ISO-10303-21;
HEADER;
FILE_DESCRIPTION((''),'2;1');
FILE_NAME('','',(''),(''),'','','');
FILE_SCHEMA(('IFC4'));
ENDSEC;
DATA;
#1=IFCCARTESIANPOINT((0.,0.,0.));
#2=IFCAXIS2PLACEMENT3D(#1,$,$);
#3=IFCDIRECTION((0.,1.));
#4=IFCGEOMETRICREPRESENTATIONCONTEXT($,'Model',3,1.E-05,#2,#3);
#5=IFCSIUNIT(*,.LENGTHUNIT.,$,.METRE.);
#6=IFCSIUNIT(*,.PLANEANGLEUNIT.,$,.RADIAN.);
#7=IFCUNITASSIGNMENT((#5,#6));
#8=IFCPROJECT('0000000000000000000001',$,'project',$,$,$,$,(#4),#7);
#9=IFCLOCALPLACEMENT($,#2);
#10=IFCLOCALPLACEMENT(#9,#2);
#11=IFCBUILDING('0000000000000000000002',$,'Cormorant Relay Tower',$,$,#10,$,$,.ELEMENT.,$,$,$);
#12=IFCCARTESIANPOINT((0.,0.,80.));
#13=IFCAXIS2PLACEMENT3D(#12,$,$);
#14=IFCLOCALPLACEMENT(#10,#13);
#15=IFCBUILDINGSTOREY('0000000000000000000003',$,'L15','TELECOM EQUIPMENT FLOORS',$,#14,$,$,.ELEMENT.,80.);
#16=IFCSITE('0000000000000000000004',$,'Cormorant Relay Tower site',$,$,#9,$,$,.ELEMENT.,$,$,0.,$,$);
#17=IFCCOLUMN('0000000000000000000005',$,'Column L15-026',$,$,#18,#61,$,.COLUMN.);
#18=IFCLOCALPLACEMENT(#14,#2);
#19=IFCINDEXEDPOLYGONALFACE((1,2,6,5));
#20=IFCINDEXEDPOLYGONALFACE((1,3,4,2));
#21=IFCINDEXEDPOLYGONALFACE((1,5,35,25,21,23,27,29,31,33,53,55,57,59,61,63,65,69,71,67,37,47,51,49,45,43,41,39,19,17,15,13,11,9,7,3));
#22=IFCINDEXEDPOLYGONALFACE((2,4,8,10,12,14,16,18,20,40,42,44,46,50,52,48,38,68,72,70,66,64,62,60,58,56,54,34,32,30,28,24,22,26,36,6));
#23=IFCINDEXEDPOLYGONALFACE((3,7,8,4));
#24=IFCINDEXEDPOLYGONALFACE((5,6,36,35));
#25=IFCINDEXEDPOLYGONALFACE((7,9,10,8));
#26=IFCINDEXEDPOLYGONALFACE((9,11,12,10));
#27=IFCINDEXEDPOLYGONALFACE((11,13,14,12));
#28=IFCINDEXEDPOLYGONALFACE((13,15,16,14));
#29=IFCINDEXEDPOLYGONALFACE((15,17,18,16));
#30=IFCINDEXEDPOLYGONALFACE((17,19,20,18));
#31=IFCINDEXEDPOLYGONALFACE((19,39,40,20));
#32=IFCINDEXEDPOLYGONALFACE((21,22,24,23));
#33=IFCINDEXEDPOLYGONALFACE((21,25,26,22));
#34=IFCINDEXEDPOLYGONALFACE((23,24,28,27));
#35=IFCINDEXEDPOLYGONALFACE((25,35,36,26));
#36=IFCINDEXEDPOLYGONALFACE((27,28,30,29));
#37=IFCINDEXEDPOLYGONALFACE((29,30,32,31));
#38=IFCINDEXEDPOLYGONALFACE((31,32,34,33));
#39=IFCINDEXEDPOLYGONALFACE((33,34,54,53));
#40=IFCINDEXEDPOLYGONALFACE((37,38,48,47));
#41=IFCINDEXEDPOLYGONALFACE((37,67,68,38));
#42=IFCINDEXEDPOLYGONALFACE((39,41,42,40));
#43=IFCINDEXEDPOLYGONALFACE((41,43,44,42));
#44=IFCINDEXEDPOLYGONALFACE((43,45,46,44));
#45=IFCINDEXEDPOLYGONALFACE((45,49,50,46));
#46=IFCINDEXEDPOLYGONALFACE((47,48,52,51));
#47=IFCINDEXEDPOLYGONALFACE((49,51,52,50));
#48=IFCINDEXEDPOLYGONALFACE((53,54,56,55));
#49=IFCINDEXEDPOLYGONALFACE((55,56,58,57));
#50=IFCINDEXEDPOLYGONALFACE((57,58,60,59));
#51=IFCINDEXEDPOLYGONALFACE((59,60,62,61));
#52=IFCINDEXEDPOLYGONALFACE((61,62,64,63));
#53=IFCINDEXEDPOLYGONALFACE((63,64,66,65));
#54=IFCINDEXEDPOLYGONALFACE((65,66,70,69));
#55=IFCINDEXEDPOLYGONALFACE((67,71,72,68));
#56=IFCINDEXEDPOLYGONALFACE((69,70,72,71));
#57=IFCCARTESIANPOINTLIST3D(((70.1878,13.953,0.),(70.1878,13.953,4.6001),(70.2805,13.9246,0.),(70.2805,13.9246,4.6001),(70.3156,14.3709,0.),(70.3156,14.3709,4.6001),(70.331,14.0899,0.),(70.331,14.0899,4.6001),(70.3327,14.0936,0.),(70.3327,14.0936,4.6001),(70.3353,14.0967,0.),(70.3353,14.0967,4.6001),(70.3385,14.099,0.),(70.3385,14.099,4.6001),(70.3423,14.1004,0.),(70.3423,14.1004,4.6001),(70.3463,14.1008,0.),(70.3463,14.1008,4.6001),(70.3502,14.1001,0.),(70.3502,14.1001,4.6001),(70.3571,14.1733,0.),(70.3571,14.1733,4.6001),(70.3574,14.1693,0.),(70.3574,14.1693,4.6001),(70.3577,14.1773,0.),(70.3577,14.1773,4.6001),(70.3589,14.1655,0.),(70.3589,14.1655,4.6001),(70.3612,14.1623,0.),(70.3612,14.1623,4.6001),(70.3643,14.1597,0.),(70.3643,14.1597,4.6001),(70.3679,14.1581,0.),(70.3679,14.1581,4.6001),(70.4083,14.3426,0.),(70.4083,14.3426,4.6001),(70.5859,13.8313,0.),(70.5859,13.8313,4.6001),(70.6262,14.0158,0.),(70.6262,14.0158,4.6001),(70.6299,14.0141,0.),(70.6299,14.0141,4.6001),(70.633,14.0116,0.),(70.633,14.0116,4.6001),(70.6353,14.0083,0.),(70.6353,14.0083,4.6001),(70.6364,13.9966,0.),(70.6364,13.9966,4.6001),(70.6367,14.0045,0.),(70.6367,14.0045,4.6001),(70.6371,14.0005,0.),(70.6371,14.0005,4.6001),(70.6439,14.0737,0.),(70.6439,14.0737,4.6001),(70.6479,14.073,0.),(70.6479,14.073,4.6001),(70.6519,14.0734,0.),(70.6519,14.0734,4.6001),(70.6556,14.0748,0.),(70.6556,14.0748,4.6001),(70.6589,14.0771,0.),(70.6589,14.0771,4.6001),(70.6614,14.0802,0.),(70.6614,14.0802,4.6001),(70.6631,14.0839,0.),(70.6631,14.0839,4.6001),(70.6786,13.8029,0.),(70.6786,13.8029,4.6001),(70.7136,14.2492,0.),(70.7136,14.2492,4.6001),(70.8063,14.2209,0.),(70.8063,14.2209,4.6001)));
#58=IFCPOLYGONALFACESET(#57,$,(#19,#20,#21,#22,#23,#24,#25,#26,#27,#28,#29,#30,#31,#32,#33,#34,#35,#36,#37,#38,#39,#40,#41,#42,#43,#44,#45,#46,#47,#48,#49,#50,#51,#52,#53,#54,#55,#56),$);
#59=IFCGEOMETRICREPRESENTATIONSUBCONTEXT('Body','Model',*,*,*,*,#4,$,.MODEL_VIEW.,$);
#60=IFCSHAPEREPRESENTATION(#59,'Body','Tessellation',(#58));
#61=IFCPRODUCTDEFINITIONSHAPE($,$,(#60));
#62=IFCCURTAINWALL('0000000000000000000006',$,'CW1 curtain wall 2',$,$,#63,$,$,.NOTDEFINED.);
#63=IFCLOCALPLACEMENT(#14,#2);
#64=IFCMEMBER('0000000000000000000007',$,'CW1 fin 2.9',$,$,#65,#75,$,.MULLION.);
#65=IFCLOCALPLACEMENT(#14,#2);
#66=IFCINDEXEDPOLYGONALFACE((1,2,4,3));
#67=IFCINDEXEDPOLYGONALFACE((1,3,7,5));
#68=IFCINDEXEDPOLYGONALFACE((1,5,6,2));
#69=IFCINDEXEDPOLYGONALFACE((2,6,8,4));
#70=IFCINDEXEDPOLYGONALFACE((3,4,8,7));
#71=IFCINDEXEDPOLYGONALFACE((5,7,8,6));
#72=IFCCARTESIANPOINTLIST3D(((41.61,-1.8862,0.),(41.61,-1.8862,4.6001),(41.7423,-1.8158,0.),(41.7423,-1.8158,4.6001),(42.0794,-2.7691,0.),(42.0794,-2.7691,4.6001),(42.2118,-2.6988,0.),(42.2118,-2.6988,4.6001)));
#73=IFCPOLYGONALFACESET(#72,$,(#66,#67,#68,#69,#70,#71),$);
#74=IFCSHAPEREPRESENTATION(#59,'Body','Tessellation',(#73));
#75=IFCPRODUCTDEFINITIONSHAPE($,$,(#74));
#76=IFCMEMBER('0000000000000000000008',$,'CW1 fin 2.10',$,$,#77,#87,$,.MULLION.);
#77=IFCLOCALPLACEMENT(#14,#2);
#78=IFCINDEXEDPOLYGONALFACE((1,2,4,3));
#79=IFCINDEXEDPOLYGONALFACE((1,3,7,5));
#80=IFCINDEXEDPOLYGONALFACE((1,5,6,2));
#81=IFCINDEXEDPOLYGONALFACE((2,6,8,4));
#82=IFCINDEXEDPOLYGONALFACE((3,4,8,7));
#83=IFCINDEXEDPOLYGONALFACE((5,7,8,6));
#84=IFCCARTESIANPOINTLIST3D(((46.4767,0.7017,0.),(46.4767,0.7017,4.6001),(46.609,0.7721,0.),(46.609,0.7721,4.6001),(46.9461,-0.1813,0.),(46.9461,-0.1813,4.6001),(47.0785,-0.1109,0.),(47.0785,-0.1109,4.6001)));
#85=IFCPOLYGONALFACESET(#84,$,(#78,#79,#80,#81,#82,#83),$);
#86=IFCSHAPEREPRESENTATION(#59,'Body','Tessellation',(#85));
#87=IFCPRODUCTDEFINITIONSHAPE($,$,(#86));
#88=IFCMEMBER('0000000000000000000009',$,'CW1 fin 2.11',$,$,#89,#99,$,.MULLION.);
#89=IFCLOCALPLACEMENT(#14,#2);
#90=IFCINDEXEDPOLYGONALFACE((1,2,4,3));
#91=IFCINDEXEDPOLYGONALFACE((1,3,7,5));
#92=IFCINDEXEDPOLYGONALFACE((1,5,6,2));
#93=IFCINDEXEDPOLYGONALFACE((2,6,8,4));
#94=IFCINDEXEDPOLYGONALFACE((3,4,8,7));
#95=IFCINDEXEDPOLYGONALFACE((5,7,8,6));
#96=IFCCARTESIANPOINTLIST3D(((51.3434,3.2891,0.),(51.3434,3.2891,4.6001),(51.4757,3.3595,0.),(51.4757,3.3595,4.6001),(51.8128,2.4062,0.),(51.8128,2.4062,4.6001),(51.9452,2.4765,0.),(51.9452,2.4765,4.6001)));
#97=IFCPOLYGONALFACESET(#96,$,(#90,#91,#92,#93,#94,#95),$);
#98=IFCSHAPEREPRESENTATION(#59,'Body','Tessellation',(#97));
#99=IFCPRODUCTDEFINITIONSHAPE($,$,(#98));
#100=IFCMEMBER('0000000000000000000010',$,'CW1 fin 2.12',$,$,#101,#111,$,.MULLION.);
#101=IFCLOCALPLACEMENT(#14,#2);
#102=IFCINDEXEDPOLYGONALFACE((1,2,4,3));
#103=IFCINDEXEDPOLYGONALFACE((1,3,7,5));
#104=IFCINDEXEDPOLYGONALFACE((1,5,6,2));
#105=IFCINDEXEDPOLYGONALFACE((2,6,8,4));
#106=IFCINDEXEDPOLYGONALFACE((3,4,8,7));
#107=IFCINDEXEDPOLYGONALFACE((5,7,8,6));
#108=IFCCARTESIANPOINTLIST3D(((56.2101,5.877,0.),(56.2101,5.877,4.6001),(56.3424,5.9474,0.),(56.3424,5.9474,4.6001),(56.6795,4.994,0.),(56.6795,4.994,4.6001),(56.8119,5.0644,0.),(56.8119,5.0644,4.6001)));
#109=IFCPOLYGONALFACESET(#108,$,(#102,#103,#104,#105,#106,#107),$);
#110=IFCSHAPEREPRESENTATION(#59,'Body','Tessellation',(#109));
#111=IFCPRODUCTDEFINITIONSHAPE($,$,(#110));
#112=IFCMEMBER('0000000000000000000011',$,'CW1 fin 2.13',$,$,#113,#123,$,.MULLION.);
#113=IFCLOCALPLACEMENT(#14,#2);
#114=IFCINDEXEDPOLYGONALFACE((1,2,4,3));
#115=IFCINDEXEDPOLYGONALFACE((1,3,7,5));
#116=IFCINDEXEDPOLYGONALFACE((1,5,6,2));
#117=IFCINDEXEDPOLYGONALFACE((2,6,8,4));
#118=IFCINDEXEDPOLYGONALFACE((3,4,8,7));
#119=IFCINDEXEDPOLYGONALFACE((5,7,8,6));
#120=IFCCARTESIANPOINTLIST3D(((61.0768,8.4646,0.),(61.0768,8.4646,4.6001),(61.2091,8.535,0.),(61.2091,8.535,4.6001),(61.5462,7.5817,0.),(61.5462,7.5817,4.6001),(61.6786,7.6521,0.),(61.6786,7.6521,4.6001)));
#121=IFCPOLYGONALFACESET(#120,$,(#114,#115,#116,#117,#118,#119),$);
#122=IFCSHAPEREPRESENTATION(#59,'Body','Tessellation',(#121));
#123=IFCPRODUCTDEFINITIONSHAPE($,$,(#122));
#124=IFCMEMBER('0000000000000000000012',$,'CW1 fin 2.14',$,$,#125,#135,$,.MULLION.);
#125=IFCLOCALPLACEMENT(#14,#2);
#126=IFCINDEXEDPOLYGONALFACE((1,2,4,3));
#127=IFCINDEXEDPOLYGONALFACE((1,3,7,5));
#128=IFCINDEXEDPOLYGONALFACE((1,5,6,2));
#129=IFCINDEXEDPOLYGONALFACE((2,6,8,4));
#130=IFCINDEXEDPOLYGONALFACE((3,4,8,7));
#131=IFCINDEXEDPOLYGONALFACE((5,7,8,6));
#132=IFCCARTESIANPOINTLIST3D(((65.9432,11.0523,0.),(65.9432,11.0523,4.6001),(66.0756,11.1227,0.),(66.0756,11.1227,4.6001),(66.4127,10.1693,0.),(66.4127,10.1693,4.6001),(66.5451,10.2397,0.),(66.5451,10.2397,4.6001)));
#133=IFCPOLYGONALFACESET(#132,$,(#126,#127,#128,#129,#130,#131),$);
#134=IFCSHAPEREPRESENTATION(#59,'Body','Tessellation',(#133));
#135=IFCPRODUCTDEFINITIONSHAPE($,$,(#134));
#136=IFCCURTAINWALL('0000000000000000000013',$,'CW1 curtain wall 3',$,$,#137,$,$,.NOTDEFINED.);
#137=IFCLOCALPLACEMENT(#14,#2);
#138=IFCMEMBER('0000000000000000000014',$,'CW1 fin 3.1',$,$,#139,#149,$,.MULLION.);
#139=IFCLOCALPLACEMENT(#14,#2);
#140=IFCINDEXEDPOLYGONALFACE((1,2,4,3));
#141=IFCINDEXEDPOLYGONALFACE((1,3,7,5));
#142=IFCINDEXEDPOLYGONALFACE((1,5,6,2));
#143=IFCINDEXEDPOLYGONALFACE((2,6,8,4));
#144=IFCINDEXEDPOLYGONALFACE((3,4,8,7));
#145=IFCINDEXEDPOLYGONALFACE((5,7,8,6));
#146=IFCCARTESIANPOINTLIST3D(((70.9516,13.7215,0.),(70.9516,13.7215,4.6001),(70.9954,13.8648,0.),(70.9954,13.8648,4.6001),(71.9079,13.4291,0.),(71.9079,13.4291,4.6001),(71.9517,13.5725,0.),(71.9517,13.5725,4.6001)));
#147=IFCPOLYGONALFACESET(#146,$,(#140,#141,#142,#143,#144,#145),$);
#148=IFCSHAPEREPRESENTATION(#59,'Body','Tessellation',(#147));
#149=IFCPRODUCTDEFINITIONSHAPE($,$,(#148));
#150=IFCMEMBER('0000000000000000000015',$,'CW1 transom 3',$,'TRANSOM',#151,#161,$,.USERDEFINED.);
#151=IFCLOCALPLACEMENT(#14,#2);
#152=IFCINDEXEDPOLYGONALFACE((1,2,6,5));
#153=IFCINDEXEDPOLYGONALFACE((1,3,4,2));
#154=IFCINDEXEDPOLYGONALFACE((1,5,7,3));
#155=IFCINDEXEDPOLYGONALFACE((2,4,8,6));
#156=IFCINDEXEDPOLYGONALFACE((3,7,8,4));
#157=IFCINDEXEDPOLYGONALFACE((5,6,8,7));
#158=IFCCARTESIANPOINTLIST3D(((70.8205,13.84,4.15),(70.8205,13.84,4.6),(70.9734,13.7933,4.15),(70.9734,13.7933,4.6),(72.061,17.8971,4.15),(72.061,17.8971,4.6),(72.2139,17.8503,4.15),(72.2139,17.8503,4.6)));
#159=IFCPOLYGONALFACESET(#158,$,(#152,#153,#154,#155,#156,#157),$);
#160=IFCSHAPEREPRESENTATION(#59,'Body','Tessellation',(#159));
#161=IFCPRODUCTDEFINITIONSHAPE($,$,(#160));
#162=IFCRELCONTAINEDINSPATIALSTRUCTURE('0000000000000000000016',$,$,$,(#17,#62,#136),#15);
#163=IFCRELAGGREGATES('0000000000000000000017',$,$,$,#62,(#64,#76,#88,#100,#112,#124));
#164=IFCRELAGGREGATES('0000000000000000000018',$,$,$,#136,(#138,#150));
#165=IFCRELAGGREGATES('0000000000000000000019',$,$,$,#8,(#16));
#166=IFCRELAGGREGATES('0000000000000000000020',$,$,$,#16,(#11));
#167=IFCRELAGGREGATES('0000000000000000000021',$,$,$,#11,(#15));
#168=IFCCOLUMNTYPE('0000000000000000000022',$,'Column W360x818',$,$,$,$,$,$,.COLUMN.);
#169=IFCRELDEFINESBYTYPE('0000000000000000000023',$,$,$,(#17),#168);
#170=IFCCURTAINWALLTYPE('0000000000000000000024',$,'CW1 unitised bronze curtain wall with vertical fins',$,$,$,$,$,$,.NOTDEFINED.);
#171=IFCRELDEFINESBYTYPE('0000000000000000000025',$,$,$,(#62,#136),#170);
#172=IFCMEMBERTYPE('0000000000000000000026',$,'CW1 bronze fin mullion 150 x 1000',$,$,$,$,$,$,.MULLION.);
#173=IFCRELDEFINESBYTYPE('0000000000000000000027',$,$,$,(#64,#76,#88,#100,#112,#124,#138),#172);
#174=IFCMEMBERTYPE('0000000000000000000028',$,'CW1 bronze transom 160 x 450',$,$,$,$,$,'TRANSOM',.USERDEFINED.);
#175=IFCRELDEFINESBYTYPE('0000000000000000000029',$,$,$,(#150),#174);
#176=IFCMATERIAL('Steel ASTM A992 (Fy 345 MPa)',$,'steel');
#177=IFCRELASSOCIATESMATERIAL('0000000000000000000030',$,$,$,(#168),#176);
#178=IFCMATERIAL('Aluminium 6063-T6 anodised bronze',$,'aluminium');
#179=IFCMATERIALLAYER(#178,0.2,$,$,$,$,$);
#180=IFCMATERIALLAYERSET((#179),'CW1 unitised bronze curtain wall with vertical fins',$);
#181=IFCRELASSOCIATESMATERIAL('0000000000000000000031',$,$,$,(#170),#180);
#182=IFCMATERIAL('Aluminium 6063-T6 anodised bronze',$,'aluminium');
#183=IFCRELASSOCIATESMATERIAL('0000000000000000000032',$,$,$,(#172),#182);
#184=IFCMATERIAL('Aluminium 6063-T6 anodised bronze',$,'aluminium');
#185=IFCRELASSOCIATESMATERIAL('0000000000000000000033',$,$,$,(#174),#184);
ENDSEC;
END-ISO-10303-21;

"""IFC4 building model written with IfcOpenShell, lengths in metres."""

from ifc_helpers import new_model, si_unit, direction, frame, origin, origin_2d, place, context, subcontext, project, spatial, rectangle, i_section, extrude, material, layer, layer_set, material_profile, profile_set, type_object, element, aggregate, save


model = new_model("IFC4")

# Units and contexts
model_context = context("Model", 3, precision=1e-05, world=origin(), true_north=direction((0.0, 1.0)))
body_context = subcontext(model_context, "Body", "Model", "MODEL_VIEW")
ifc_project = project(units=[si_unit("LENGTHUNIT", "METRE"), si_unit("PLANEANGLEUNIT", "RADIAN")], contexts=[model_context])

# Site, building, storey
site_placement = place(None, origin())
site = spatial("IfcSite", under=ifc_project, at=site_placement, Name="Cormorant Relay Tower site", CompositionType="ELEMENT", RefElevation=0.0)
building_placement = place(site_placement, origin())
building = spatial("IfcBuilding", under=site, at=building_placement, Name="Cormorant Relay Tower", CompositionType="ELEMENT")
storey_placement = place(building_placement, frame((0.0, 0.0, 80.0)))
storey = spatial("IfcBuildingStorey", under=building, at=storey_placement, Name="L15", Description="TELECOM EQUIPMENT FLOORS", CompositionType="ELEMENT", Elevation=80.0)

# Column
ifc_material_1 = material(Name="Steel ASTM A992 (Fy 345 MPa)", Category="steel")
ifc_material_profile_1 = material_profile(ifc_material_1, i_section(OverallWidth=0.437, OverallDepth=0.5132, WebThickness=0.0605, FlangeThickness=0.0969, FilletRadius=0.0154, at=origin_2d()), Name="W360x818")
ifc_profile_set_1 = profile_set([ifc_material_profile_1], Name="Steel ASTM A992 (Fy 345 MPa)")
column_type_1 = type_object("IfcColumnType", Name="Column W360x818", PredefinedType="COLUMN", material=ifc_profile_set_1)
for number, where, z_axis, x_axis, name in (
    (1, (70.4971, 14.0869, 0.0), (0.0, 0.0, 1.0), (0.292372, 0.956305, 0.0), "Column L15-026"),
):
    element("IfcColumn", number, at=place(storey_placement, frame(where, z_axis=z_axis, x_axis=x_axis)), inside=storey, type_object=column_type_1, Name=name, PredefinedType="COLUMN", context=body_context, shape_type="SweptSolid", body=[
        extrude(i_section(OverallWidth=0.437, OverallDepth=0.5132, WebThickness=0.0605, FlangeThickness=0.0969, FilletRadius=0.0154, at=origin_2d()), origin(), (0.0, 0.0, 1.0), 4.6001),
    ])

# Curtain walls, members
ifc_material_2 = material(Name="Aluminium 6063-T6 anodised bronze", Category="aluminium")
ifc_layer_1 = layer(ifc_material_2, 0.2)
ifc_layer_set_1 = layer_set([ifc_layer_1], Name="CW1 unitised bronze curtain wall with vertical fins")
curtain_wall_type = type_object("IfcCurtainWallType", Name="CW1 unitised bronze curtain wall with vertical fins", PredefinedType="NOTDEFINED", material=ifc_layer_set_1)
curtain_wall_1_placement = place(storey_placement, origin())
curtain_wall_1 = element("IfcCurtainWall", 2, at=curtain_wall_1_placement, inside=storey, type_object=curtain_wall_type, Name="CW1 curtain wall 2", PredefinedType="NOTDEFINED")
ifc_material_3 = material(Name="Aluminium 6063-T6 anodised bronze", Category="aluminium")
ifc_material_profile_2 = material_profile(ifc_material_3, rectangle(XDim=0.1499, YDim=1.0, at=origin_2d()), Name="AL 150x1000")
ifc_profile_set_2 = profile_set([ifc_material_profile_2], Name="Aluminium 6063-T6 anodised bronze")
member_type_1 = type_object("IfcMemberType", Name="CW1 bronze fin mullion 150 x 1000", PredefinedType="MULLION", material=ifc_profile_set_2)
member_1_placement = place(storey_placement, frame((41.9109, -2.2925, 0.0), z_axis=(0.0, 0.0, 1.0), x_axis=(0.882948, 0.469472, 0.0)))
member_1 = element("IfcMember", 3, at=member_1_placement, type_object=member_type_1, Name="CW1 fin 2.9", PredefinedType="MULLION", context=body_context, shape_type="SweptSolid", body=[
    extrude(rectangle(XDim=0.1499, YDim=1.0, at=origin_2d()), origin(), (0.0, 0.0, 1.0), 4.6001),
])
member_2_placement = place(storey_placement, frame((46.7776, 0.2954, 0.0), z_axis=(0.0, 0.0, 1.0), x_axis=(0.882948, 0.469472, 0.0)))
member_2 = element("IfcMember", 4, at=member_2_placement, type_object=member_type_1, Name="CW1 fin 2.10", PredefinedType="MULLION", context=body_context, shape_type="SweptSolid", body=[
    extrude(rectangle(XDim=0.1499, YDim=1.0, at=origin_2d()), origin(), (0.0, 0.0, 1.0), 4.6001),
])
member_3_placement = place(storey_placement, frame((51.6443, 2.8828, 0.0), z_axis=(0.0, 0.0, 1.0), x_axis=(0.882948, 0.469472, 0.0)))
member_3 = element("IfcMember", 5, at=member_3_placement, type_object=member_type_1, Name="CW1 fin 2.11", PredefinedType="MULLION", context=body_context, shape_type="SweptSolid", body=[
    extrude(rectangle(XDim=0.1499, YDim=1.0, at=origin_2d()), origin(), (0.0, 0.0, 1.0), 4.6001),
])
member_4_placement = place(storey_placement, frame((56.511, 5.4707, 0.0), z_axis=(0.0, 0.0, 1.0), x_axis=(0.882948, 0.469472, 0.0)))
member_4 = element("IfcMember", 6, at=member_4_placement, type_object=member_type_1, Name="CW1 fin 2.12", PredefinedType="MULLION", context=body_context, shape_type="SweptSolid", body=[
    extrude(rectangle(XDim=0.1499, YDim=1.0, at=origin_2d()), origin(), (0.0, 0.0, 1.0), 4.6001),
])
member_5_placement = place(storey_placement, frame((61.3777, 8.0583, 0.0), z_axis=(0.0, 0.0, 1.0), x_axis=(0.882948, 0.469472, 0.0)))
member_5 = element("IfcMember", 7, at=member_5_placement, type_object=member_type_1, Name="CW1 fin 2.13", PredefinedType="MULLION", context=body_context, shape_type="SweptSolid", body=[
    extrude(rectangle(XDim=0.1499, YDim=1.0, at=origin_2d()), origin(), (0.0, 0.0, 1.0), 4.6001),
])
member_6_placement = place(storey_placement, frame((66.2441, 10.646, 0.0), z_axis=(0.0, 0.0, 1.0), x_axis=(0.882948, 0.469472, 0.0)))
member_6 = element("IfcMember", 8, at=member_6_placement, type_object=member_type_1, Name="CW1 fin 2.14", PredefinedType="MULLION", context=body_context, shape_type="SweptSolid", body=[
    extrude(rectangle(XDim=0.1499, YDim=1.0, at=origin_2d()), origin(), (0.0, 0.0, 1.0), 4.6001),
])
curtain_wall_2_placement = place(storey_placement, origin())
curtain_wall_2 = element("IfcCurtainWall", 9, at=curtain_wall_2_placement, inside=storey, type_object=curtain_wall_type, Name="CW1 curtain wall 3", PredefinedType="NOTDEFINED")
member_7_placement = place(storey_placement, frame((71.4517, 13.647, 0.0), z_axis=(0.0, 0.0, 1.0), x_axis=(0.292372, 0.956305, 0.0)))
member_7 = element("IfcMember", 10, at=member_7_placement, type_object=member_type_1, Name="CW1 fin 3.1", PredefinedType="MULLION", context=body_context, shape_type="SweptSolid", body=[
    extrude(rectangle(XDim=0.1499, YDim=1.0, at=origin_2d()), origin(), (0.0, 0.0, 1.0), 4.6001),
])
ifc_material_4 = material(Name="Aluminium 6063-T6 anodised bronze", Category="aluminium")
ifc_material_profile_3 = material_profile(ifc_material_4, rectangle(XDim=0.1599, YDim=0.45, at=origin_2d()), Name="AL 160x450")
ifc_profile_set_3 = profile_set([ifc_material_profile_3], Name="Aluminium 6063-T6 anodised bronze")
member_type_2 = type_object("IfcMemberType", Name="CW1 bronze transom 160 x 450", ElementType="TRANSOM", PredefinedType="USERDEFINED", material=ifc_profile_set_3)
member_8_placement = place(storey_placement, frame((70.897, 13.8167, 4.375), z_axis=(0.292391, 0.956299, 0.0), x_axis=(-0.956299, 0.292391, 0.0)))
member_8 = element("IfcMember", 11, at=member_8_placement, type_object=member_type_2, Name="CW1 transom 3", ObjectType="TRANSOM", PredefinedType="USERDEFINED", context=body_context, shape_type="SweptSolid", body=[
    extrude(rectangle(XDim=0.1599, YDim=0.45, at=origin_2d()), origin(), (0.0, 0.0, 1.0), 4.2424),
])

aggregate(curtain_wall_1, [member_1, member_2, member_3, member_4, member_5, member_6])
aggregate(curtain_wall_2, [member_7, member_8])

save(model, "model.ifc")
